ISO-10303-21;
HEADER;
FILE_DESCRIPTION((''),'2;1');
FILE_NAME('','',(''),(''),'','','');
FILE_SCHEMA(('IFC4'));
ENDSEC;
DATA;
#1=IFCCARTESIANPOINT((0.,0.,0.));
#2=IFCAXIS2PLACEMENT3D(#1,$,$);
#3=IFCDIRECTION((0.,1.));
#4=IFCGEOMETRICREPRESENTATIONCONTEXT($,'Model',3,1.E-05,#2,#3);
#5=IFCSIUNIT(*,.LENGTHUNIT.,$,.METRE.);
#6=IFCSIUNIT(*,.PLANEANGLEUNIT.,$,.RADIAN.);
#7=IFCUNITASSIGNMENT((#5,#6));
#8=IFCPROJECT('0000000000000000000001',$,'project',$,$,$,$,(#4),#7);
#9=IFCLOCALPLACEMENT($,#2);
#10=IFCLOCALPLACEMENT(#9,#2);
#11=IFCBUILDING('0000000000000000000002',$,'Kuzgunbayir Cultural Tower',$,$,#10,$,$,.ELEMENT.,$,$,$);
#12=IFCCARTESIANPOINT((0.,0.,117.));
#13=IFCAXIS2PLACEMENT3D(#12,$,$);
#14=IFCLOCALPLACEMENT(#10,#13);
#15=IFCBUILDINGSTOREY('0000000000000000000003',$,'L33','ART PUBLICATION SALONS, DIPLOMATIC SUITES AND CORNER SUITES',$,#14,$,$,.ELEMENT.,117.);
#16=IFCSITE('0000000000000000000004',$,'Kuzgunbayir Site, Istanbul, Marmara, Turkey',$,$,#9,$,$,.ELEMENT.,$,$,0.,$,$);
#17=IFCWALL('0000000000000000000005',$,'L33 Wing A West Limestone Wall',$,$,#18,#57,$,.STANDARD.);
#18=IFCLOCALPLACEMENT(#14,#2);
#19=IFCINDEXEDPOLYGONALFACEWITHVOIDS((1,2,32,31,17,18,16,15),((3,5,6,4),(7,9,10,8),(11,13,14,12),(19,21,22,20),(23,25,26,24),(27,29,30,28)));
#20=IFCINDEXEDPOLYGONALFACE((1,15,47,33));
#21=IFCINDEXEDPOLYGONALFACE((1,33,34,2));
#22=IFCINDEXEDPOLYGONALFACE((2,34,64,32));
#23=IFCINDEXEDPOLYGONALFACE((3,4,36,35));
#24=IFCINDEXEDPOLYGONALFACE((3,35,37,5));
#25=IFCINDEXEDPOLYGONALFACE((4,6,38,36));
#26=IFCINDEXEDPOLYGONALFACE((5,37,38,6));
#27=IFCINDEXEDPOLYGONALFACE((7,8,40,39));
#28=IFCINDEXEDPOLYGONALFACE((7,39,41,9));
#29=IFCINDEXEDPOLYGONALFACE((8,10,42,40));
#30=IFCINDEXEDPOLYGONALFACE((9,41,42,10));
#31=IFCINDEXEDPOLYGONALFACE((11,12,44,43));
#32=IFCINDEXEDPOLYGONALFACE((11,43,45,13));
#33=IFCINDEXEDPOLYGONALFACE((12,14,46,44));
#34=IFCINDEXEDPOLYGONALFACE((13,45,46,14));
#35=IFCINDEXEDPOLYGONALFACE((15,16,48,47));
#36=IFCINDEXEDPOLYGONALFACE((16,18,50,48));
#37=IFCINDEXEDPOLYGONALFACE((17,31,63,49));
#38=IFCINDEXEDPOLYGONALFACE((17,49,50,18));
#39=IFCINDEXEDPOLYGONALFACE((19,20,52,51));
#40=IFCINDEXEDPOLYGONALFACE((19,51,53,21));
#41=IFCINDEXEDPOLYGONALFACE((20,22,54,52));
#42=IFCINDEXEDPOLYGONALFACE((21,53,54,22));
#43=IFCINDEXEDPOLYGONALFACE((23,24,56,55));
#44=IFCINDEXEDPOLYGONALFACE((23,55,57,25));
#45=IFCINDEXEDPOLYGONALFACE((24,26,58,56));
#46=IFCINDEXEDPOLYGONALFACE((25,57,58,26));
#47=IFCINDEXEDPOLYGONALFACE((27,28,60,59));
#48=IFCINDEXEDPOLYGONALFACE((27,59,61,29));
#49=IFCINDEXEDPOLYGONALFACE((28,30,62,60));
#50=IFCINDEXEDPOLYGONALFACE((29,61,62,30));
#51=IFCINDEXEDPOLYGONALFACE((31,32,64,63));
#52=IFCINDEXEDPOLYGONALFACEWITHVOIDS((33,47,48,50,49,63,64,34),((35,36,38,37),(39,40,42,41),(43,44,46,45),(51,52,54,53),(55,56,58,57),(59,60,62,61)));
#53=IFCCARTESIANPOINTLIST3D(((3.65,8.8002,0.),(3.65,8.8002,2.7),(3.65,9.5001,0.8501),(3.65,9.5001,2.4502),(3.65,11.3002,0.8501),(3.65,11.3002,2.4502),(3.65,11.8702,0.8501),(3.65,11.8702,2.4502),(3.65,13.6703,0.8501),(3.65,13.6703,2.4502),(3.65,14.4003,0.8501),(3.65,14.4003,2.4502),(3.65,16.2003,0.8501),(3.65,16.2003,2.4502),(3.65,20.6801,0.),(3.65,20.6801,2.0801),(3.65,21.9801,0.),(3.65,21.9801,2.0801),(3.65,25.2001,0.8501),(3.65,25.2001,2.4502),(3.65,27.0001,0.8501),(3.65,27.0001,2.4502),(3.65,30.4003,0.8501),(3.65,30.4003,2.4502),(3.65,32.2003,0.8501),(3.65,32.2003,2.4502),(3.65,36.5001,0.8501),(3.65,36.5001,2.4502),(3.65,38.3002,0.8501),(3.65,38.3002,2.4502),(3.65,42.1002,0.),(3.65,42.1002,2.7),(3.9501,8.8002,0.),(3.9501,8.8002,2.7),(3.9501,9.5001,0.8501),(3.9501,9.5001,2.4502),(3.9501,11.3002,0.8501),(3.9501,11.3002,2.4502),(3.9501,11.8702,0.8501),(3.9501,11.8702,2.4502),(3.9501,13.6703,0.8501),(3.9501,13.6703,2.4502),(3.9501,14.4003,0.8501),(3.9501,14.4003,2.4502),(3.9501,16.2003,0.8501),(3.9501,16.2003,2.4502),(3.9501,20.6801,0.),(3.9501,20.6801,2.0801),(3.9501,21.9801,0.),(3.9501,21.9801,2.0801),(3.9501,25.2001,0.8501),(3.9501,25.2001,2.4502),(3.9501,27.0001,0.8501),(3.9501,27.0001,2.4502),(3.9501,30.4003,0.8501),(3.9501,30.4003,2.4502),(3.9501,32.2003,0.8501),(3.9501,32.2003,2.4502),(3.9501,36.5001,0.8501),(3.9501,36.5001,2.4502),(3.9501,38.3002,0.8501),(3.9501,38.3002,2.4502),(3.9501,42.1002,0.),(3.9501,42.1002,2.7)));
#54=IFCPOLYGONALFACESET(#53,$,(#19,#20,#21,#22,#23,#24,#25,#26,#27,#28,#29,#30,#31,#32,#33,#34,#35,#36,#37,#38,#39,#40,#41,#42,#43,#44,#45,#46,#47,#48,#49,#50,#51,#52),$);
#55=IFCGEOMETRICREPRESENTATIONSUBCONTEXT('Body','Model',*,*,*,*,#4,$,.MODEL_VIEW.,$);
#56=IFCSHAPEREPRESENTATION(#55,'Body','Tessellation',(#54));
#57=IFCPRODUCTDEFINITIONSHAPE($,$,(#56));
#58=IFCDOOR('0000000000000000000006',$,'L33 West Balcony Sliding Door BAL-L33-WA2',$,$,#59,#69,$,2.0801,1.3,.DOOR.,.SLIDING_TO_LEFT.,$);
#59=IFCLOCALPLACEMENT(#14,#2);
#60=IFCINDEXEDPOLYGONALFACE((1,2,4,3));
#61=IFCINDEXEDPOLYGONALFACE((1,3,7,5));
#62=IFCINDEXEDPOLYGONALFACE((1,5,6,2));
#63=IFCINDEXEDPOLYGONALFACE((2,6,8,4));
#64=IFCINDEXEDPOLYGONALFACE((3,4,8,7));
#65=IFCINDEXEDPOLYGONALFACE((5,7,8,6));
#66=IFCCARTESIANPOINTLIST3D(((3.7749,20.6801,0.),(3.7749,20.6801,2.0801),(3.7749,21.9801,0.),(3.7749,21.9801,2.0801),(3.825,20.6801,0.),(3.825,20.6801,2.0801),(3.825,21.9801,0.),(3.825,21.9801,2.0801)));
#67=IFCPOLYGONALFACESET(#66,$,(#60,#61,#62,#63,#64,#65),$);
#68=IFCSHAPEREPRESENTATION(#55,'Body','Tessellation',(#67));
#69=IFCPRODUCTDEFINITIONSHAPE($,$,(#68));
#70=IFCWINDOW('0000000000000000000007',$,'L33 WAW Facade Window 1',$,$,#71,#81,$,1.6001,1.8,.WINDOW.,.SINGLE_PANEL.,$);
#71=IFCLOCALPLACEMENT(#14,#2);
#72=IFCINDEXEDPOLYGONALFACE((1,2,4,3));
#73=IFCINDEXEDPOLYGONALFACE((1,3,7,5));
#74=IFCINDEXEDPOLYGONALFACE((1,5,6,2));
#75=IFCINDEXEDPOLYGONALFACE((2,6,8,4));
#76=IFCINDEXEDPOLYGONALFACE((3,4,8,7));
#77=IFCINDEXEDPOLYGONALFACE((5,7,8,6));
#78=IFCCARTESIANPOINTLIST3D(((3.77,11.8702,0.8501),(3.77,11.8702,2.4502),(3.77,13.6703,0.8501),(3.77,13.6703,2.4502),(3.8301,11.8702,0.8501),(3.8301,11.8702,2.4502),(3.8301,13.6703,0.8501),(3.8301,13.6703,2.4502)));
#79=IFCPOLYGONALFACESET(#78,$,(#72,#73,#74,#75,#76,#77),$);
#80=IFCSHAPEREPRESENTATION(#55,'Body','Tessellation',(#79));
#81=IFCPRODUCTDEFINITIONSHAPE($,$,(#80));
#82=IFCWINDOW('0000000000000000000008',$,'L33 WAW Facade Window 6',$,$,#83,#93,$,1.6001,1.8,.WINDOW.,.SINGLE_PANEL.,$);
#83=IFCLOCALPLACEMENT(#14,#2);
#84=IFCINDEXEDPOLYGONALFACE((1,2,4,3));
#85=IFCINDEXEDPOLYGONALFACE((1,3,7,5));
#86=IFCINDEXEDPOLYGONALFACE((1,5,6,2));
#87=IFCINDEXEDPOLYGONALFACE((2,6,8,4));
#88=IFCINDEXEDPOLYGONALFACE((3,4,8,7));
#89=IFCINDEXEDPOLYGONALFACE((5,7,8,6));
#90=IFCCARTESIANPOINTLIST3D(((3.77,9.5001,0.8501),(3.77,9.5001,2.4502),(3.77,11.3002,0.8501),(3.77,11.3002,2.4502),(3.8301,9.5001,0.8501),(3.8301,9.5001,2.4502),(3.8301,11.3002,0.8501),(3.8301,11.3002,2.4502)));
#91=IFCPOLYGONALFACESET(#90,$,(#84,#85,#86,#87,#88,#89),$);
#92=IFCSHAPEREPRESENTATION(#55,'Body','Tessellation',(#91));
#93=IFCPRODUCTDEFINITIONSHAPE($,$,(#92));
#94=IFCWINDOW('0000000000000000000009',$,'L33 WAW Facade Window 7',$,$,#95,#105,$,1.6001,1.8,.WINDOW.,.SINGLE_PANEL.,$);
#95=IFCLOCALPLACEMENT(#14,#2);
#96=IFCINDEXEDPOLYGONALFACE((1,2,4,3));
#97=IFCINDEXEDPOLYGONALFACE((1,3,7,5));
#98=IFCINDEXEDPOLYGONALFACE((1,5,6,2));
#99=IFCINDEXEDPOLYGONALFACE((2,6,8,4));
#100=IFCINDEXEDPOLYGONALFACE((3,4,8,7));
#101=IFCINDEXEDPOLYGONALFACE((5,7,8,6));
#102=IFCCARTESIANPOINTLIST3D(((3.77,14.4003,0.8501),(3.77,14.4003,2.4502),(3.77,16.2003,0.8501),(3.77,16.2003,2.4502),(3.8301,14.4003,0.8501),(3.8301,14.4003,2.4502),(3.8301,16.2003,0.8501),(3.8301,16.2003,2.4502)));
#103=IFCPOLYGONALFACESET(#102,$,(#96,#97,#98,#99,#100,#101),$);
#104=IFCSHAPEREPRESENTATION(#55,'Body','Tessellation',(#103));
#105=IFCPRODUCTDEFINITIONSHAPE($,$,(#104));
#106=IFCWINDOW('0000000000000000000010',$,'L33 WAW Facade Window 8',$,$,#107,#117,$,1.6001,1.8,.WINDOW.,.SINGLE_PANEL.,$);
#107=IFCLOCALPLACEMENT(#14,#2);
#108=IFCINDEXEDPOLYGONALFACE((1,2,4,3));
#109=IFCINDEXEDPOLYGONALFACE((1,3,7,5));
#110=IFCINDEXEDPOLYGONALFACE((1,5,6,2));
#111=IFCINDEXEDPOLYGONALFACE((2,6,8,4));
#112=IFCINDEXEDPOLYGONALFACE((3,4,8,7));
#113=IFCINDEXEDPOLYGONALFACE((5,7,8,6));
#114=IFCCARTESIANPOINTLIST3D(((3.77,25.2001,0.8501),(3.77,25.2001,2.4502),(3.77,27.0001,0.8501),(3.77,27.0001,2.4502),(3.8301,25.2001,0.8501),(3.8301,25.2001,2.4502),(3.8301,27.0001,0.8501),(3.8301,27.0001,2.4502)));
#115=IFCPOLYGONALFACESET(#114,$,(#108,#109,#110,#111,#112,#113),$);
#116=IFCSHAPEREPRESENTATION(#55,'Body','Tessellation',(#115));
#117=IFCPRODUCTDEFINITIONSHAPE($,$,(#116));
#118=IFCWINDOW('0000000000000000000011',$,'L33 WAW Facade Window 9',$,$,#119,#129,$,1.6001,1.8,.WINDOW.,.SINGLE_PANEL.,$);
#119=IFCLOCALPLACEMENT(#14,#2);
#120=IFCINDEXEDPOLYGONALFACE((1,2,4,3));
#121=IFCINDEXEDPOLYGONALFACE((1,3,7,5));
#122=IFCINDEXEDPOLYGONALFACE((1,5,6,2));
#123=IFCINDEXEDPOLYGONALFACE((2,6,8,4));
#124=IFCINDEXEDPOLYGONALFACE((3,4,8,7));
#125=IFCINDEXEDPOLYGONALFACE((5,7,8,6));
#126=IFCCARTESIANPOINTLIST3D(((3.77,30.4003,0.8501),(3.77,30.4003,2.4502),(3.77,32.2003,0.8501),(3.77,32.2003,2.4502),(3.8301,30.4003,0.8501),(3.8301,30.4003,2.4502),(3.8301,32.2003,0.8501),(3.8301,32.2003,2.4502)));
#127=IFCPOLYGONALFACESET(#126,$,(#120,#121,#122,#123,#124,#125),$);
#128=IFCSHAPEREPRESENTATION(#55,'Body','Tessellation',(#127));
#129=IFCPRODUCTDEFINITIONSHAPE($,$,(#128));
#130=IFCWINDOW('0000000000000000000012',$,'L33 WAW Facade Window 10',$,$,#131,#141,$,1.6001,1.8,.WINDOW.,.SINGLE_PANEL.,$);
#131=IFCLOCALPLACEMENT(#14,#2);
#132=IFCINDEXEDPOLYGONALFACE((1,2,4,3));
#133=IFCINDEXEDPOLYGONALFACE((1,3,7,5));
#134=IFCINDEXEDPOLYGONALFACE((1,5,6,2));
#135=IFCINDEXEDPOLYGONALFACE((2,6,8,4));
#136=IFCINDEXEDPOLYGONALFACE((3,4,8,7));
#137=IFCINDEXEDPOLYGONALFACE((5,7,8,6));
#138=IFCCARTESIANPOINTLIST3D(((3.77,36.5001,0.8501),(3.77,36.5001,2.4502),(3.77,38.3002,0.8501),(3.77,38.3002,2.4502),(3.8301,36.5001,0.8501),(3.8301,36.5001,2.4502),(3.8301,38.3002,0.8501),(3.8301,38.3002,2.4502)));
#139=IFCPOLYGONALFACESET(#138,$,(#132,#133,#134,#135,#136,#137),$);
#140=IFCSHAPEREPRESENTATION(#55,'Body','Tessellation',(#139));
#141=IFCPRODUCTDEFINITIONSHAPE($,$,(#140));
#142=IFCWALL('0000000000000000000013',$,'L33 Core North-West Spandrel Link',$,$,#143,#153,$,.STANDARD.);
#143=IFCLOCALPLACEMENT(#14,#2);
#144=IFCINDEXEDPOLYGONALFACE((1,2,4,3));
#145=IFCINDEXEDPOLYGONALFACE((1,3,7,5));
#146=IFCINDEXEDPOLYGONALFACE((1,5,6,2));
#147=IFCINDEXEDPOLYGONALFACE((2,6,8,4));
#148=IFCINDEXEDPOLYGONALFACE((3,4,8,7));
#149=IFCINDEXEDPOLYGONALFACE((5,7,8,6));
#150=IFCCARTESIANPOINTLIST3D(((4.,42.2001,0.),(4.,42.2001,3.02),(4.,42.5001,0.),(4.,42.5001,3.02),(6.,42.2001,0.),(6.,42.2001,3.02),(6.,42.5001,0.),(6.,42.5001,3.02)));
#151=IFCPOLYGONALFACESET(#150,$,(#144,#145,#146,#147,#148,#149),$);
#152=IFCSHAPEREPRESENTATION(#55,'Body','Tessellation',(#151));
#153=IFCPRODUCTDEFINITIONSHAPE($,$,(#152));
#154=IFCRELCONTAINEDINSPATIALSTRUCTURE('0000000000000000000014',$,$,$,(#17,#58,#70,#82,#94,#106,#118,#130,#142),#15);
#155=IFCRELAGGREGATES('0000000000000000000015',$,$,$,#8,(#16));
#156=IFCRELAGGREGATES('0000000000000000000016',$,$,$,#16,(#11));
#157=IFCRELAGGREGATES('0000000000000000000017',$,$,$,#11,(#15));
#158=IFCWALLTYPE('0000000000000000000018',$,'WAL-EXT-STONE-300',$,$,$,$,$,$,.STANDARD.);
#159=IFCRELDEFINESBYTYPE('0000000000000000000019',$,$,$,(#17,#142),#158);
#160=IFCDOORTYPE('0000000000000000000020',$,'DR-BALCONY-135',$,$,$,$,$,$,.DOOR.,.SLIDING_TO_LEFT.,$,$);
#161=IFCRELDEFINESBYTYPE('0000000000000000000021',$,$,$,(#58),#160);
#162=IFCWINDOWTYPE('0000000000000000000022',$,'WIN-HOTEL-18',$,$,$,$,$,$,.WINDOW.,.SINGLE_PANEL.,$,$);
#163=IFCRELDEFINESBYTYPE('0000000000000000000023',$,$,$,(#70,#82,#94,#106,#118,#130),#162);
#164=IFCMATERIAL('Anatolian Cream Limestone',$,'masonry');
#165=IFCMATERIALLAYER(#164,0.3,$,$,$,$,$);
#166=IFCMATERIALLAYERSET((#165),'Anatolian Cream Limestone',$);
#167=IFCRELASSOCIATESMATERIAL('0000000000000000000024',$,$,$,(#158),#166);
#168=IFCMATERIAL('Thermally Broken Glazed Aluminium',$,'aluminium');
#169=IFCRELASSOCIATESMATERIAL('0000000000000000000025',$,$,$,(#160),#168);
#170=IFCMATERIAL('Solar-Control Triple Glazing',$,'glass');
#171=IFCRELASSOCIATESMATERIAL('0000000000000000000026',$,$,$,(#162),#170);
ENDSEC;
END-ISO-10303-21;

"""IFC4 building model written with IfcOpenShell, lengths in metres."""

from ifc_helpers import new_model, si_unit, direction, frame, frame_2d, origin, place, context, subcontext, project, spatial, rectangle, extrude, material, layer, layer_set, type_object, element, fill, save


model = new_model("IFC4")

# Units and contexts
model_context = context("Model", 3, precision=1e-05, world=origin(), true_north=direction((0.0, 1.0)))
body_context = subcontext(model_context, "Body", "Model", "MODEL_VIEW")
ifc_project = project(units=[si_unit("LENGTHUNIT", "METRE"), si_unit("PLANEANGLEUNIT", "RADIAN")], contexts=[model_context])

# Site, building, storey
site_placement = place(None, origin())
site = spatial("IfcSite", under=ifc_project, at=site_placement, Name="Kuzgunbayir Site, Istanbul, Marmara, Turkey", CompositionType="ELEMENT", RefElevation=0.0)
building_placement = place(site_placement, origin())
building = spatial("IfcBuilding", under=site, at=building_placement, Name="Kuzgunbayir Cultural Tower", CompositionType="ELEMENT")
storey_placement = place(building_placement, frame((0.0, 0.0, 117.0)))
storey = spatial("IfcBuildingStorey", under=building, at=storey_placement, Name="L33", Description="ART PUBLICATION SALONS, DIPLOMATIC SUITES AND CORNER SUITES", CompositionType="ELEMENT", Elevation=117.0)

# Wall, openings, door, windows
ifc_material_1 = material(Name="Anatolian Cream Limestone", Category="masonry")
ifc_layer_1 = layer(ifc_material_1, 0.3)
ifc_layer_set_1 = layer_set([ifc_layer_1], Name="Anatolian Cream Limestone")
wall_type_1 = type_object("IfcWallType", Name="WAL-EXT-STONE-300", PredefinedType="STANDARD", material=ifc_layer_set_1)
wall_1_placement = place(storey_placement, frame((3.8, 42.1001, 0.0), z_axis=(0.0, 0.0, 1.0), x_axis=(0.0, -1.0, 0.0)))
wall_1 = element("IfcWall", 1, at=wall_1_placement, inside=storey, type_object=wall_type_1, Name="L33 Wing A West Limestone Wall", PredefinedType="STANDARD", context=body_context, shape_type="SweptSolid", body=[
    extrude(rectangle(XDim=33.3, YDim=0.3, at=frame_2d((16.6499, 0.0))), origin(), (0.0, 0.0, 1.0), 2.7),
])
opening_1_placement = place(wall_1_placement, frame((20.1201, 0.0, 0.0)))
opening_1 = element("IfcOpeningElement", 2, at=opening_1_placement, cuts=wall_1, PredefinedType="OPENING", context=body_context, shape_type="SweptSolid", body=[
    extrude(rectangle(XDim=1.3, YDim=2.0801, at=frame_2d((0.6499, 1.04))), frame((0.0, 0.1602, 0.0), z_axis=(0.0, -1.0, 0.0), x_axis=(1.0, 0.0, 0.0)), (0.0, 0.0, 1.0), 0.3201),
])
opening_2_placement = place(wall_1_placement, frame((28.4299, 0.0, 0.8501)))
opening_2 = element("IfcOpeningElement", 3, at=opening_2_placement, cuts=wall_1, PredefinedType="OPENING", context=body_context, shape_type="SweptSolid", body=[
    extrude(rectangle(XDim=1.8, YDim=1.6001, at=frame_2d((0.8999, 0.8))), frame((0.0, 0.1602, 0.0), z_axis=(0.0, -1.0, 0.0), x_axis=(1.0, 0.0, 0.0)), (0.0, 0.0, 1.0), 0.3201),
])
opening_3_placement = place(wall_1_placement, frame((30.8, 0.0, 0.8501)))
opening_3 = element("IfcOpeningElement", 4, at=opening_3_placement, cuts=wall_1, PredefinedType="OPENING", context=body_context, shape_type="SweptSolid", body=[
    extrude(rectangle(XDim=1.8, YDim=1.6001, at=frame_2d((0.8999, 0.8))), frame((0.0, 0.1602, 0.0), z_axis=(0.0, -1.0, 0.0), x_axis=(1.0, 0.0, 0.0)), (0.0, 0.0, 1.0), 0.3201),
])
opening_4_placement = place(wall_1_placement, frame((25.8999, 0.0, 0.8501)))
opening_4 = element("IfcOpeningElement", 5, at=opening_4_placement, cuts=wall_1, PredefinedType="OPENING", context=body_context, shape_type="SweptSolid", body=[
    extrude(rectangle(XDim=1.8, YDim=1.6001, at=frame_2d((0.8999, 0.8))), frame((0.0, 0.1602, 0.0), z_axis=(0.0, -1.0, 0.0), x_axis=(1.0, 0.0, 0.0)), (0.0, 0.0, 1.0), 0.3201),
])
opening_5_placement = place(wall_1_placement, frame((15.1001, 0.0, 0.8501)))
opening_5 = element("IfcOpeningElement", 6, at=opening_5_placement, cuts=wall_1, PredefinedType="OPENING", context=body_context, shape_type="SweptSolid", body=[
    extrude(rectangle(XDim=1.8, YDim=1.6001, at=frame_2d((0.8999, 0.8))), frame((0.0, 0.1602, 0.0), z_axis=(0.0, -1.0, 0.0), x_axis=(1.0, 0.0, 0.0)), (0.0, 0.0, 1.0), 0.3201),
])
opening_6_placement = place(wall_1_placement, frame((9.8999, 0.0, 0.8501)))
opening_6 = element("IfcOpeningElement", 7, at=opening_6_placement, cuts=wall_1, PredefinedType="OPENING", context=body_context, shape_type="SweptSolid", body=[
    extrude(rectangle(XDim=1.8, YDim=1.6001, at=frame_2d((0.8999, 0.8))), frame((0.0, 0.1602, 0.0), z_axis=(0.0, -1.0, 0.0), x_axis=(1.0, 0.0, 0.0)), (0.0, 0.0, 1.0), 0.3201),
])
opening_7_placement = place(wall_1_placement, frame((3.8, 0.0, 0.8501)))
opening_7 = element("IfcOpeningElement", 8, at=opening_7_placement, cuts=wall_1, PredefinedType="OPENING", context=body_context, shape_type="SweptSolid", body=[
    extrude(rectangle(XDim=1.8, YDim=1.6001, at=frame_2d((0.8999, 0.8))), frame((0.0, 0.1602, 0.0), z_axis=(0.0, -1.0, 0.0), x_axis=(1.0, 0.0, 0.0)), (0.0, 0.0, 1.0), 0.3201),
])
ifc_material_2 = material(Name="Thermally Broken Glazed Aluminium", Category="aluminium")
door_type = type_object("IfcDoorType", Name="DR-BALCONY-135", OperationType="SLIDING_TO_LEFT", PredefinedType="DOOR", material=ifc_material_2)
door_placement = place(opening_1_placement, origin())
door = element("IfcDoor", 9, at=door_placement, inside=storey, type_object=door_type, Name="L33 West Balcony Sliding Door BAL-L33-WA2", OperationType="SLIDING_TO_LEFT", OverallHeight=2.0801, OverallWidth=1.3, PredefinedType="DOOR", context=body_context, shape_type="SweptSolid", body=[
    extrude(rectangle(XDim=1.3, YDim=2.0801, at=frame_2d((0.6499, 1.04))), frame((0.0, 0.0249, 0.0), z_axis=(0.0, -1.0, 0.0), x_axis=(1.0, 0.0, 0.0)), (0.0, 0.0, 1.0), 0.05),
])
fill(opening_1, door)
ifc_material_3 = material(Name="Solar-Control Triple Glazing", Category="glass")
window_type = type_object("IfcWindowType", Name="WIN-HOTEL-18", PartitioningType="SINGLE_PANEL", PredefinedType="WINDOW", material=ifc_material_3)
window_1_placement = place(opening_2_placement, origin())
window_1 = element("IfcWindow", 10, at=window_1_placement, inside=storey, type_object=window_type, Name="L33 WAW Facade Window 1", OverallHeight=1.6001, OverallWidth=1.8, PartitioningType="SINGLE_PANEL", PredefinedType="WINDOW", context=body_context, shape_type="SweptSolid", body=[
    extrude(rectangle(XDim=1.8, YDim=1.6001, at=frame_2d((0.8999, 0.8))), frame((0.0, 0.03, 0.0), z_axis=(0.0, -1.0, 0.0), x_axis=(1.0, 0.0, 0.0)), (0.0, 0.0, 1.0), 0.0601),
])
fill(opening_2, window_1)
window_2_placement = place(opening_3_placement, origin())
window_2 = element("IfcWindow", 11, at=window_2_placement, inside=storey, type_object=window_type, Name="L33 WAW Facade Window 6", OverallHeight=1.6001, OverallWidth=1.8, PartitioningType="SINGLE_PANEL", PredefinedType="WINDOW", context=body_context, shape_type="SweptSolid", body=[
    extrude(rectangle(XDim=1.8, YDim=1.6001, at=frame_2d((0.8999, 0.8))), frame((0.0, 0.03, 0.0), z_axis=(0.0, -1.0, 0.0), x_axis=(1.0, 0.0, 0.0)), (0.0, 0.0, 1.0), 0.0601),
])
fill(opening_3, window_2)
window_3_placement = place(opening_4_placement, origin())
window_3 = element("IfcWindow", 12, at=window_3_placement, inside=storey, type_object=window_type, Name="L33 WAW Facade Window 7", OverallHeight=1.6001, OverallWidth=1.8, PartitioningType="SINGLE_PANEL", PredefinedType="WINDOW", context=body_context, shape_type="SweptSolid", body=[
    extrude(rectangle(XDim=1.8, YDim=1.6001, at=frame_2d((0.8999, 0.8))), frame((0.0, 0.03, 0.0), z_axis=(0.0, -1.0, 0.0), x_axis=(1.0, 0.0, 0.0)), (0.0, 0.0, 1.0), 0.0601),
])
fill(opening_4, window_3)
window_4_placement = place(opening_5_placement, origin())
window_4 = element("IfcWindow", 13, at=window_4_placement, inside=storey, type_object=window_type, Name="L33 WAW Facade Window 8", OverallHeight=1.6001, OverallWidth=1.8, PartitioningType="SINGLE_PANEL", PredefinedType="WINDOW", context=body_context, shape_type="SweptSolid", body=[
    extrude(rectangle(XDim=1.8, YDim=1.6001, at=frame_2d((0.8999, 0.8))), frame((0.0, 0.03, 0.0), z_axis=(0.0, -1.0, 0.0), x_axis=(1.0, 0.0, 0.0)), (0.0, 0.0, 1.0), 0.0601),
])
fill(opening_5, window_4)
window_5_placement = place(opening_6_placement, origin())
window_5 = element("IfcWindow", 14, at=window_5_placement, inside=storey, type_object=window_type, Name="L33 WAW Facade Window 9", OverallHeight=1.6001, OverallWidth=1.8, PartitioningType="SINGLE_PANEL", PredefinedType="WINDOW", context=body_context, shape_type="SweptSolid", body=[
    extrude(rectangle(XDim=1.8, YDim=1.6001, at=frame_2d((0.8999, 0.8))), frame((0.0, 0.03, 0.0), z_axis=(0.0, -1.0, 0.0), x_axis=(1.0, 0.0, 0.0)), (0.0, 0.0, 1.0), 0.0601),
])
fill(opening_6, window_5)
window_6_placement = place(opening_7_placement, origin())
window_6 = element("IfcWindow", 15, at=window_6_placement, inside=storey, type_object=window_type, Name="L33 WAW Facade Window 10", OverallHeight=1.6001, OverallWidth=1.8, PartitioningType="SINGLE_PANEL", PredefinedType="WINDOW", context=body_context, shape_type="SweptSolid", body=[
    extrude(rectangle(XDim=1.8, YDim=1.6001, at=frame_2d((0.8999, 0.8))), frame((0.0, 0.03, 0.0), z_axis=(0.0, -1.0, 0.0), x_axis=(1.0, 0.0, 0.0)), (0.0, 0.0, 1.0), 0.0601),
])
fill(opening_7, window_6)

# Wall
wall_2_placement = place(storey_placement, frame((6.0, 42.3501, 0.0), z_axis=(0.0, 0.0, 1.0), x_axis=(-1.0, 0.0, 0.0)))
element("IfcWall", 16, at=wall_2_placement, inside=storey, type_object=wall_type_1, Name="L33 Core North-West Spandrel Link", PredefinedType="STANDARD", context=body_context, shape_type="SweptSolid", body=[
    extrude(rectangle(XDim=2.0, YDim=0.3, at=frame_2d((1.0, 0.0))), origin(), (0.0, 0.0, 1.0), 3.02),
])

save(model, "model.ifc")
